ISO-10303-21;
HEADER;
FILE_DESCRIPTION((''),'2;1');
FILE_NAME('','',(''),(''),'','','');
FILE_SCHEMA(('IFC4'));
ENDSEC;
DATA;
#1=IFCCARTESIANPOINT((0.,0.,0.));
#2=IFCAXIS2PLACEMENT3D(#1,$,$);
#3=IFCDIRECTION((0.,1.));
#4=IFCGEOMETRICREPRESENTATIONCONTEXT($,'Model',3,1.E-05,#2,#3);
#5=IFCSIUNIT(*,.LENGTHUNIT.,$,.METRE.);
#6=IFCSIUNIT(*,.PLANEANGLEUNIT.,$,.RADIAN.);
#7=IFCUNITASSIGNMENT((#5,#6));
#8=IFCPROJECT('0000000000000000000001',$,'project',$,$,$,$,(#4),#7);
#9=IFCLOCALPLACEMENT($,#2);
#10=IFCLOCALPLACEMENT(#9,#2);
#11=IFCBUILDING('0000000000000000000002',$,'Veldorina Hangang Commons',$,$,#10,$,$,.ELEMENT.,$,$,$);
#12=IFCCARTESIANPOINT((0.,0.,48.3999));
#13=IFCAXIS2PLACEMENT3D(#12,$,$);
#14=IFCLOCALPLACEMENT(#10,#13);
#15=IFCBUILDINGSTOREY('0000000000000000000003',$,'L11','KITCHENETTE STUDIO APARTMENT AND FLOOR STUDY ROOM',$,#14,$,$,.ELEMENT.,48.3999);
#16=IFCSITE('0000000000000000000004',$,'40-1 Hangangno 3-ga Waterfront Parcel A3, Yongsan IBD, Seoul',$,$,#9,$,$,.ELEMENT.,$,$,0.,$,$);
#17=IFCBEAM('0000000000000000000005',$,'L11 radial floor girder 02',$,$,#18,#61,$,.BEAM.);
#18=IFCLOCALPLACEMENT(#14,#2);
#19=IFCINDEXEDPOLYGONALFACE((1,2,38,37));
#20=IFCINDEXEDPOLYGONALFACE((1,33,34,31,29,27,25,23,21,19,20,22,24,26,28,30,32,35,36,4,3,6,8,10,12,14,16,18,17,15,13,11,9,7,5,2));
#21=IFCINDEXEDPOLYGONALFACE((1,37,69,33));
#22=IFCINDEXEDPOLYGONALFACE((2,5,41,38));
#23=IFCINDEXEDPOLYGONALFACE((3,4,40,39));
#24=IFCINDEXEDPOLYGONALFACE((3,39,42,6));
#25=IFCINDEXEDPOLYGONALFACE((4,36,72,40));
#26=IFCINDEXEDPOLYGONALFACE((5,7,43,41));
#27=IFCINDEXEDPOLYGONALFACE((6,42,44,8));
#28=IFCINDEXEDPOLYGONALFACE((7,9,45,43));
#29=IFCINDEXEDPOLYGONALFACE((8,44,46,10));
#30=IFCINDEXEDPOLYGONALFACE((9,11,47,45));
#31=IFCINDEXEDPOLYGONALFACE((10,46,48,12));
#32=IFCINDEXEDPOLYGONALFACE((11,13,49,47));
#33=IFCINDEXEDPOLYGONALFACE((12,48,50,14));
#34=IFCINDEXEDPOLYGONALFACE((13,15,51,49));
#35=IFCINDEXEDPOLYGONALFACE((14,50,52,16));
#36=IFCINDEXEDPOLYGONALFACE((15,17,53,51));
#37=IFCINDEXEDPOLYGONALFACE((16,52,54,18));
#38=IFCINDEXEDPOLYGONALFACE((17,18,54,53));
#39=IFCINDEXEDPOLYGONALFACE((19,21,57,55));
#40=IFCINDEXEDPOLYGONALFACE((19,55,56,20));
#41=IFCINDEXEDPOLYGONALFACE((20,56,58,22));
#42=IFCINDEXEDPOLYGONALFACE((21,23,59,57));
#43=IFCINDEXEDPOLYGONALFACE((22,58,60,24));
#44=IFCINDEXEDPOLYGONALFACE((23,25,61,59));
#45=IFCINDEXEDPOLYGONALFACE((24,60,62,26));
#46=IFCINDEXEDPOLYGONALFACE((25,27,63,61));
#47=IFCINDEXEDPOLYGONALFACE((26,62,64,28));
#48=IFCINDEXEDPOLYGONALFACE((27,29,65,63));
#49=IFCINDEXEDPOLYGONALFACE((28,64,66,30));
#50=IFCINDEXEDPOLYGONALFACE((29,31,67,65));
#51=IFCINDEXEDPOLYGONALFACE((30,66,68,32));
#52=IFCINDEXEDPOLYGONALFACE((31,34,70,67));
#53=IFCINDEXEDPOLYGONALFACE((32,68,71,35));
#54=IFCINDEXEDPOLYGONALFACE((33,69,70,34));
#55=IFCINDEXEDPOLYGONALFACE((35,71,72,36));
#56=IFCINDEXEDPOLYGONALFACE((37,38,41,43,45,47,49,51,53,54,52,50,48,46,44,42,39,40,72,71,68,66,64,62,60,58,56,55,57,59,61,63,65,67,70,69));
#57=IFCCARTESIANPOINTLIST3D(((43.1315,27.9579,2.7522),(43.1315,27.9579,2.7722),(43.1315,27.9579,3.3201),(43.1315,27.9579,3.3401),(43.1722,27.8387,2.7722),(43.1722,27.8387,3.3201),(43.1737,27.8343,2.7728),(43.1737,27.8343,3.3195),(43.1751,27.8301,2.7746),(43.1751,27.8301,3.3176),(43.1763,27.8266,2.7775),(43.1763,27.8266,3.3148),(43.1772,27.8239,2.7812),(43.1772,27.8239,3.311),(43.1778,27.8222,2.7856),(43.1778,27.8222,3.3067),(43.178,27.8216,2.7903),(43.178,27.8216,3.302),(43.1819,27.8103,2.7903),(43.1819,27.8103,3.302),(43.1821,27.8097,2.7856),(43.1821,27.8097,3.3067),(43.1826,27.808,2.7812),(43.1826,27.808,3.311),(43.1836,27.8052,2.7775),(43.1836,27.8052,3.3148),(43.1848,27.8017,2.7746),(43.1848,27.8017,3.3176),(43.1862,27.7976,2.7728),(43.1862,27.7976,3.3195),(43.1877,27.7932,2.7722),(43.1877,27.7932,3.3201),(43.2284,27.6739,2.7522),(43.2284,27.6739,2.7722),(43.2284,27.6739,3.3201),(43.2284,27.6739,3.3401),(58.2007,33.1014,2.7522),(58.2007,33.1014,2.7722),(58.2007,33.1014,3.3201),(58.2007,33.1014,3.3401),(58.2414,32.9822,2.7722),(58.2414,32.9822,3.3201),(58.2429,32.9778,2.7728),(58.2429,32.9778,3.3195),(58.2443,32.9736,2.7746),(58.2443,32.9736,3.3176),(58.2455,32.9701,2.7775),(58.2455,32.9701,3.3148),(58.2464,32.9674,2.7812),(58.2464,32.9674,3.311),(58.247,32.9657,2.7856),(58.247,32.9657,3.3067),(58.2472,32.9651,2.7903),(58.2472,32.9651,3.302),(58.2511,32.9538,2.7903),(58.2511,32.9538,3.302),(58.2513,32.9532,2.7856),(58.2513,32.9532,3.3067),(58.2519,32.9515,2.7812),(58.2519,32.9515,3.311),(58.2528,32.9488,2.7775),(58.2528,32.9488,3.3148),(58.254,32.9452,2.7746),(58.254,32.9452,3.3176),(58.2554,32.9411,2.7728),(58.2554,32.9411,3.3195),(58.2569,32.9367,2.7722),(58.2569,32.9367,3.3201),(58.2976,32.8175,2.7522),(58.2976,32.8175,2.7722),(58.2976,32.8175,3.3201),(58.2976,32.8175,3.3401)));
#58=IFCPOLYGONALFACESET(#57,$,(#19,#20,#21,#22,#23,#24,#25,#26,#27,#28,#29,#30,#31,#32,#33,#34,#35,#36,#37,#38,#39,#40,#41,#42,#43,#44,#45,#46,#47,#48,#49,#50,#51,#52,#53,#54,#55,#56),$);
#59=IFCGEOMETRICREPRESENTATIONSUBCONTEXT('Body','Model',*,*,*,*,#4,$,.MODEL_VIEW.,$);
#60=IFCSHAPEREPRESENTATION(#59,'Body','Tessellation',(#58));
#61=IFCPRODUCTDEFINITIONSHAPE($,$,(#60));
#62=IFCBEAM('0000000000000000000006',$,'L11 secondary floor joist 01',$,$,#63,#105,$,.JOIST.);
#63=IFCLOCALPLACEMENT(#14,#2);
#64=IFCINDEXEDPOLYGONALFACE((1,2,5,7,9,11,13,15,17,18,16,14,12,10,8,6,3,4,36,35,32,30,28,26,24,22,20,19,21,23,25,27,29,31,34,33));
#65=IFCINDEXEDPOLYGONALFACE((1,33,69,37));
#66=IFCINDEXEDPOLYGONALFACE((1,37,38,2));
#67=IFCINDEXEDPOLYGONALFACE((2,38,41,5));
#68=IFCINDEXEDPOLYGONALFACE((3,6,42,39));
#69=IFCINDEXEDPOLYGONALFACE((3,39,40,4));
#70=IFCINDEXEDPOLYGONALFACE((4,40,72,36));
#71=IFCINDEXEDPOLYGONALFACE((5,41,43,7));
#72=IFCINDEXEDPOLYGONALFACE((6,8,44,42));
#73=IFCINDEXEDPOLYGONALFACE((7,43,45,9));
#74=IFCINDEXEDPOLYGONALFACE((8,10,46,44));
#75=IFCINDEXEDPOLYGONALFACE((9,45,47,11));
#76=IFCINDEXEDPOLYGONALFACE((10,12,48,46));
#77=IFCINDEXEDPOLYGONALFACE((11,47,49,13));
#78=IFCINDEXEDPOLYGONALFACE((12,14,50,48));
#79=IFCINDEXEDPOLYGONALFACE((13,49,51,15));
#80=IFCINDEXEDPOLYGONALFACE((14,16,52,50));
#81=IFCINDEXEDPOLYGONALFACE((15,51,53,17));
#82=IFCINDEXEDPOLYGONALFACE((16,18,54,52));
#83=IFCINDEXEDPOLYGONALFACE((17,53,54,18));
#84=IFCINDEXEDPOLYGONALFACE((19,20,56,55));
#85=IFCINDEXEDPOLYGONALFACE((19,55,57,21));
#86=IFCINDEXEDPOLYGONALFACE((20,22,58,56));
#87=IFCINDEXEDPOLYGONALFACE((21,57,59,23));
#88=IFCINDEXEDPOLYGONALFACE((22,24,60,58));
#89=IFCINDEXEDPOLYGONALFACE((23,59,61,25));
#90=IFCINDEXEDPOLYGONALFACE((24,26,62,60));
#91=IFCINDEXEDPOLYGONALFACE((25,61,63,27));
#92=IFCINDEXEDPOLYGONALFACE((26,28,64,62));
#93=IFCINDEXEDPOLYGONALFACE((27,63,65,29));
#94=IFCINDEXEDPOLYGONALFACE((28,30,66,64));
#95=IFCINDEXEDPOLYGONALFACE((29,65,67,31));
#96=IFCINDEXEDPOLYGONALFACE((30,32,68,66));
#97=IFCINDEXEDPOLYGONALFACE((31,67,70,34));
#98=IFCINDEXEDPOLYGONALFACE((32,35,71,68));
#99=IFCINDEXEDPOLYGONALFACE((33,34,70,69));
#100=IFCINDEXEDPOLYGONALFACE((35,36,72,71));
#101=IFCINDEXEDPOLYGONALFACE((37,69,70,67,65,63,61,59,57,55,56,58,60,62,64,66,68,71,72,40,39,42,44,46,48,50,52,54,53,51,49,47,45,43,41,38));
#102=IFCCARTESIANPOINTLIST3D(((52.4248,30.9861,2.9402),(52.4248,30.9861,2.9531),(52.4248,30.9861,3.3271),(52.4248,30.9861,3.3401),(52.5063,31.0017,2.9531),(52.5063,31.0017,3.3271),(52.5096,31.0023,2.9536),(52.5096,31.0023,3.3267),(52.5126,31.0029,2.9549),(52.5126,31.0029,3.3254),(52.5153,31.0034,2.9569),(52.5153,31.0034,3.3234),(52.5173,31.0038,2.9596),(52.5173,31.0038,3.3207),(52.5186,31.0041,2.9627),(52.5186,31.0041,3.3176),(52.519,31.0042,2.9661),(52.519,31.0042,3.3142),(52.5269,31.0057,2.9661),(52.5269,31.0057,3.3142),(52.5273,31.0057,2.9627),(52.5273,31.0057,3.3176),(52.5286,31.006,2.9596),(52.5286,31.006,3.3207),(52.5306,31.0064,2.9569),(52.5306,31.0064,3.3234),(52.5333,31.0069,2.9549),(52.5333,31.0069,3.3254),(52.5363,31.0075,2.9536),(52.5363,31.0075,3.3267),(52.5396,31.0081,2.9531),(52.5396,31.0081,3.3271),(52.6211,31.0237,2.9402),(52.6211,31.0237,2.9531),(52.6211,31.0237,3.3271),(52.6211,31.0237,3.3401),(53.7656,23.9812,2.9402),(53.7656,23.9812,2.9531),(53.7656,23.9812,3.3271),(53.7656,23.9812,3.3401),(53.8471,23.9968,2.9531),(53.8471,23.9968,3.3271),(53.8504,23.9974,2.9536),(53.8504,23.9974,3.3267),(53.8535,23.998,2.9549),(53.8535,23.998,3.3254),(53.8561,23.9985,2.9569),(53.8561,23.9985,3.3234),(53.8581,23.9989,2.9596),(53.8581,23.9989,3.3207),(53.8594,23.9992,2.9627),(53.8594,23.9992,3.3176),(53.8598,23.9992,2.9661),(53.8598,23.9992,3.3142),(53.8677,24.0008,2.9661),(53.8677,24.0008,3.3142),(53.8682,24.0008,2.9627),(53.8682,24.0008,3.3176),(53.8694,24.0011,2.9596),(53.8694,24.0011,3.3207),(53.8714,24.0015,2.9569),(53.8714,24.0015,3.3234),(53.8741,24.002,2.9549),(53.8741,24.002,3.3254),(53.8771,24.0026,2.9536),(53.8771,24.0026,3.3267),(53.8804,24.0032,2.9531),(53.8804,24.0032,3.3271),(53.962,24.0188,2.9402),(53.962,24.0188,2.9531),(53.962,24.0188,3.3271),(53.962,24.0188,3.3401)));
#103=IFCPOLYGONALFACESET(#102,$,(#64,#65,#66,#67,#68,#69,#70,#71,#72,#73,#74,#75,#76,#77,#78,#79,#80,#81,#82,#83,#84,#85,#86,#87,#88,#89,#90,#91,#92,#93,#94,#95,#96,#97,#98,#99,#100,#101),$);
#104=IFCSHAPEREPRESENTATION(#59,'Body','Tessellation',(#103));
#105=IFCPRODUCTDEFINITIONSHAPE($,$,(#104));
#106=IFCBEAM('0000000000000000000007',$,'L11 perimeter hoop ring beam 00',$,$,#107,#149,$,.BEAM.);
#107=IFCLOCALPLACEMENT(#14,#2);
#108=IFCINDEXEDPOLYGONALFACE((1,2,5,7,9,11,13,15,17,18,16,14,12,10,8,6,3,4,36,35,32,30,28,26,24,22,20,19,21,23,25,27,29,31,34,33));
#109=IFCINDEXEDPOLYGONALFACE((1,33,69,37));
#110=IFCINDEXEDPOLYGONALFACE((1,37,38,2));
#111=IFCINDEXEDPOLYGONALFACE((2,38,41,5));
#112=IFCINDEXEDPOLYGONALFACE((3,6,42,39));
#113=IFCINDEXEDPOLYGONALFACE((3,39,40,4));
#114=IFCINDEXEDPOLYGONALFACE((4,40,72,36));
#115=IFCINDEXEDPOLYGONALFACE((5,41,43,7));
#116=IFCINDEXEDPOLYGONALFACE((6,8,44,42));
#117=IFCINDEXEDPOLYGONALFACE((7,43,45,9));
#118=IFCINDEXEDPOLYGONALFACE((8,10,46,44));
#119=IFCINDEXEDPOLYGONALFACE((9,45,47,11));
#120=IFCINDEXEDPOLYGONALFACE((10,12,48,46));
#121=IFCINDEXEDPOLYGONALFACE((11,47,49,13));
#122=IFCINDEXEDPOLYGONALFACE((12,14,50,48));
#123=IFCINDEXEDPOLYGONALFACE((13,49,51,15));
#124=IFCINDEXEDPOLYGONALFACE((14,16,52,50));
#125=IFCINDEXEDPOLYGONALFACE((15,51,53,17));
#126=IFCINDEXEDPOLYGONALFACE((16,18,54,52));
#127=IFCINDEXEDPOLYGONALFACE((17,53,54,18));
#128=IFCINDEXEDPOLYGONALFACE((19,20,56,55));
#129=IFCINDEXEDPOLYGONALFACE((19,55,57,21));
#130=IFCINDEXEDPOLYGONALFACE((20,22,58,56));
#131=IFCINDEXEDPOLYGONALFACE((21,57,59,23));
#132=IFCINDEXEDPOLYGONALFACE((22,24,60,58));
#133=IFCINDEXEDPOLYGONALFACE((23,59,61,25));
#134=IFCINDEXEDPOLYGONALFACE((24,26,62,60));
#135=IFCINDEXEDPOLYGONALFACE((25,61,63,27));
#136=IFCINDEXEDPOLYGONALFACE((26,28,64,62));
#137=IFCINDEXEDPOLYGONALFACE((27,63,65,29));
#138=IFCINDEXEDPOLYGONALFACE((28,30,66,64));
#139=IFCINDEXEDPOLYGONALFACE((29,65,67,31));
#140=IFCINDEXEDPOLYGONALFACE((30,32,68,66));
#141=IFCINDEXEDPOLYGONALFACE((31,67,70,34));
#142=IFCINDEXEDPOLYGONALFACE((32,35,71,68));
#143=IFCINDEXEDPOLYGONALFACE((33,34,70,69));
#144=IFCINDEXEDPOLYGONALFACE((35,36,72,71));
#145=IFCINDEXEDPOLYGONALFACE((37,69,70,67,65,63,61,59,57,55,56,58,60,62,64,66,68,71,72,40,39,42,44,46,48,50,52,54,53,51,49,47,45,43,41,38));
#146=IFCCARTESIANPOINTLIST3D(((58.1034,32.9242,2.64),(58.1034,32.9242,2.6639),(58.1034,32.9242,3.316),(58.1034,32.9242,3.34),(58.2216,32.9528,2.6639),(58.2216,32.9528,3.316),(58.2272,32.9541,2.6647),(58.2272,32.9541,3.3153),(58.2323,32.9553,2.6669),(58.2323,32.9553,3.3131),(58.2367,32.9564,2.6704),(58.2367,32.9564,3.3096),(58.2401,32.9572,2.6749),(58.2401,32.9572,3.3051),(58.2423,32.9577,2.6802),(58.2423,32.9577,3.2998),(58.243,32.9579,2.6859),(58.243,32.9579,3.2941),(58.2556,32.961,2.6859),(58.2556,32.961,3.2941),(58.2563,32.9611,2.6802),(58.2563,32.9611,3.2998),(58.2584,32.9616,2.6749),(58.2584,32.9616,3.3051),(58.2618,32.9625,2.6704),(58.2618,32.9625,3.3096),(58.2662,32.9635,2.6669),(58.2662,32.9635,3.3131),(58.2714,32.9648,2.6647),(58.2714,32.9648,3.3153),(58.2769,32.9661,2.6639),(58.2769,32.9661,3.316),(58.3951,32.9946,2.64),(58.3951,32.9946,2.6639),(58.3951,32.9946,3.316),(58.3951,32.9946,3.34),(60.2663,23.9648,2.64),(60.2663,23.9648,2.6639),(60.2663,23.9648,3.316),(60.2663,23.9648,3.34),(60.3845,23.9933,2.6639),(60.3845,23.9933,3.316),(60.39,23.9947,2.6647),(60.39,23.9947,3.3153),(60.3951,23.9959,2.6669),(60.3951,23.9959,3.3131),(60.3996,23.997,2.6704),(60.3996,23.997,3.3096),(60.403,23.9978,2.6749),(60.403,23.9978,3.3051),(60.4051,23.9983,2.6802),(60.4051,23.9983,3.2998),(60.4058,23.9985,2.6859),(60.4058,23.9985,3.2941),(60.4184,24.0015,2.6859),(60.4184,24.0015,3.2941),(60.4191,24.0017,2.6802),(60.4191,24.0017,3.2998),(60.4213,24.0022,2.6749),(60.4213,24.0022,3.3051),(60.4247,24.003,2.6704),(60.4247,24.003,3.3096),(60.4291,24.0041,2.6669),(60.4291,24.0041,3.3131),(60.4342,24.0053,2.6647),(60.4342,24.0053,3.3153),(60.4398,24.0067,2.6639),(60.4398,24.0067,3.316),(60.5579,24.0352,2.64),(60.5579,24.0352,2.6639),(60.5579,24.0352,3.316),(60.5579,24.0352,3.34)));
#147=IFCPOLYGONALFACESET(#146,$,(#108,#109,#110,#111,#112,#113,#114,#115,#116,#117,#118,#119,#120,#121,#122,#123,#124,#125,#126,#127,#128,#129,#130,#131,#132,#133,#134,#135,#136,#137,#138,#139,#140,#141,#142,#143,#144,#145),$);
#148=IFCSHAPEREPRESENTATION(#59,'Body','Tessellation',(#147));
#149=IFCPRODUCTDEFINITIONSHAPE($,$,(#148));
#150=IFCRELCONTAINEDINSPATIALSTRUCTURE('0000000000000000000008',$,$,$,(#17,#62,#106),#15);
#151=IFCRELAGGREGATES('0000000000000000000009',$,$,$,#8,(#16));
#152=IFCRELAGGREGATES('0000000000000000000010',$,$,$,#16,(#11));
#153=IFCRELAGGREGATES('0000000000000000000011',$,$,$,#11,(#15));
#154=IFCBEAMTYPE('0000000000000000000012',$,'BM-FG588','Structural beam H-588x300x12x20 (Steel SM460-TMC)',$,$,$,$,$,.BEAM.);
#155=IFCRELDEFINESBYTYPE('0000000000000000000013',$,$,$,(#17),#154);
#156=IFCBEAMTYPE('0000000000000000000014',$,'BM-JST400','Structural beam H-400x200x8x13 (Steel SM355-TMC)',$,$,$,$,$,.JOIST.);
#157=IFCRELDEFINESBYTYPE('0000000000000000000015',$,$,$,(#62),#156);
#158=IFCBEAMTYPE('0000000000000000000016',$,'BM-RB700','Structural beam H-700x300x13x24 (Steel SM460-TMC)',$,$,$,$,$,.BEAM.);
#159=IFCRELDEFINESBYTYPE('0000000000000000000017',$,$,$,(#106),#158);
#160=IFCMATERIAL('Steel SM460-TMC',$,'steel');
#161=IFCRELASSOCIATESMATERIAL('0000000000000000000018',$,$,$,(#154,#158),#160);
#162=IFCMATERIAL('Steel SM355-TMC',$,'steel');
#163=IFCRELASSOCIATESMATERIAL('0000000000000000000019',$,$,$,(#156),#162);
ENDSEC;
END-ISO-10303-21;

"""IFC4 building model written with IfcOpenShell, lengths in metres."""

from ifc_helpers import new_model, si_unit, direction, frame, origin, origin_2d, place, context, subcontext, project, spatial, i_section, extrude, material, material_profile, profile_set, type_object, element, save


model = new_model("IFC4")

# Units and contexts
model_context = context("Model", 3, precision=1e-05, world=origin(), true_north=direction((0.0, 1.0)))
body_context = subcontext(model_context, "Body", "Model", "MODEL_VIEW")
ifc_project = project(units=[si_unit("LENGTHUNIT", "METRE"), si_unit("PLANEANGLEUNIT", "RADIAN")], contexts=[model_context])

# Site, building, storey
site_placement = place(None, origin())
site = spatial("IfcSite", under=ifc_project, at=site_placement, Name="40-1 Hangangno 3-ga Waterfront Parcel A3, Yongsan IBD, Seoul", CompositionType="ELEMENT", RefElevation=0.0)
building_placement = place(site_placement, origin())
building = spatial("IfcBuilding", under=site, at=building_placement, Name="Veldorina Hangang Commons", CompositionType="ELEMENT")
storey_placement = place(building_placement, frame((0.0, 0.0, 48.3999)))
storey = spatial("IfcBuildingStorey", under=building, at=storey_placement, Name="L11", Description="KITCHENETTE STUDIO APARTMENT AND FLOOR STUDY ROOM", CompositionType="ELEMENT", Elevation=48.3999)

# Beams
ifc_material_1 = material(Name="Steel SM460-TMC", Category="steel")
ifc_material_profile_1 = material_profile(ifc_material_1, i_section(OverallWidth=0.3, OverallDepth=0.5879, WebThickness=0.012, FlangeThickness=0.02, FilletRadius=0.0181, at=origin_2d()), Name="H-588x300x12x20")
ifc_profile_set_1 = profile_set([ifc_material_profile_1], Name="Steel SM460-TMC")
beam_type_1 = type_object("IfcBeamType", Name="BM-FG588", Description="Structural beam H-588x300x12x20 (Steel SM460-TMC)", PredefinedType="BEAM", material=ifc_profile_set_1)
beam_1_placement = place(storey_placement, frame((43.1799, 27.8159, 3.0461), z_axis=(0.94639, 0.323027, 0.0), x_axis=(-0.323027, 0.94639, 0.0)))
element("IfcBeam", 1, at=beam_1_placement, inside=storey, type_object=beam_type_1, Name="L11 radial floor girder 02", PredefinedType="BEAM", context=body_context, shape_type="SweptSolid", body=[
    extrude(i_section(OverallWidth=0.3, OverallDepth=0.5879, WebThickness=0.012, FlangeThickness=0.02, FilletRadius=0.0181, at=origin_2d()), origin(), (0.0, 0.0, 1.0), 15.9229),
])
ifc_material_2 = material(Name="Steel SM355-TMC", Category="steel")
ifc_material_profile_2 = material_profile(ifc_material_2, i_section(OverallWidth=0.2, OverallDepth=0.3999, WebThickness=0.0081, FlangeThickness=0.0129, FilletRadius=0.0129, at=origin_2d()), Name="H-400x200x8x13")
ifc_profile_set_2 = profile_set([ifc_material_profile_2], Name="Steel SM355-TMC")
beam_type_2 = type_object("IfcBeamType", Name="BM-JST400", Description="Structural beam H-400x200x8x13 (Steel SM355-TMC)", PredefinedType="JOIST", material=ifc_profile_set_2)
beam_2_placement = place(storey_placement, frame((53.8638, 24.0, 3.1401), z_axis=(-0.187999, 0.982169, 0.0), x_axis=(-0.982169, -0.187999, 0.0)))
element("IfcBeam", 2, at=beam_2_placement, inside=storey, type_object=beam_type_2, Name="L11 secondary floor joist 01", PredefinedType="JOIST", context=body_context, shape_type="SweptSolid", body=[
    extrude(i_section(OverallWidth=0.2, OverallDepth=0.3999, WebThickness=0.0081, FlangeThickness=0.0129, FilletRadius=0.0129, at=origin_2d()), origin(), (0.0, 0.0, 1.0), 7.1321),
])
ifc_material_profile_3 = material_profile(ifc_material_1, i_section(OverallWidth=0.3, OverallDepth=0.7, WebThickness=0.0129, FlangeThickness=0.0239, FilletRadius=0.022, at=origin_2d()), Name="H-700x300x13x24")
ifc_profile_set_3 = profile_set([ifc_material_profile_3], Name="Steel SM460-TMC")
beam_type_3 = type_object("IfcBeamType", Name="BM-RB700", Description="Structural beam H-700x300x13x24 (Steel SM460-TMC)", PredefinedType="BEAM", material=ifc_profile_set_3)
beam_3_placement = place(storey_placement, frame((60.4121, 24.0, 2.99), z_axis=(-0.234662, 0.972077, 0.0), x_axis=(-0.972077, -0.234662, 0.0)))
element("IfcBeam", 3, at=beam_3_placement, inside=storey, type_object=beam_type_3, Name="L11 perimeter hoop ring beam 00", PredefinedType="BEAM", context=body_context, shape_type="SweptSolid", body=[
    extrude(i_section(OverallWidth=0.3, OverallDepth=0.7, WebThickness=0.0129, FlangeThickness=0.0239, FilletRadius=0.022, at=origin_2d()), origin(), (0.0, 0.0, 1.0), 9.2168),
])

save(model, "model.ifc")
